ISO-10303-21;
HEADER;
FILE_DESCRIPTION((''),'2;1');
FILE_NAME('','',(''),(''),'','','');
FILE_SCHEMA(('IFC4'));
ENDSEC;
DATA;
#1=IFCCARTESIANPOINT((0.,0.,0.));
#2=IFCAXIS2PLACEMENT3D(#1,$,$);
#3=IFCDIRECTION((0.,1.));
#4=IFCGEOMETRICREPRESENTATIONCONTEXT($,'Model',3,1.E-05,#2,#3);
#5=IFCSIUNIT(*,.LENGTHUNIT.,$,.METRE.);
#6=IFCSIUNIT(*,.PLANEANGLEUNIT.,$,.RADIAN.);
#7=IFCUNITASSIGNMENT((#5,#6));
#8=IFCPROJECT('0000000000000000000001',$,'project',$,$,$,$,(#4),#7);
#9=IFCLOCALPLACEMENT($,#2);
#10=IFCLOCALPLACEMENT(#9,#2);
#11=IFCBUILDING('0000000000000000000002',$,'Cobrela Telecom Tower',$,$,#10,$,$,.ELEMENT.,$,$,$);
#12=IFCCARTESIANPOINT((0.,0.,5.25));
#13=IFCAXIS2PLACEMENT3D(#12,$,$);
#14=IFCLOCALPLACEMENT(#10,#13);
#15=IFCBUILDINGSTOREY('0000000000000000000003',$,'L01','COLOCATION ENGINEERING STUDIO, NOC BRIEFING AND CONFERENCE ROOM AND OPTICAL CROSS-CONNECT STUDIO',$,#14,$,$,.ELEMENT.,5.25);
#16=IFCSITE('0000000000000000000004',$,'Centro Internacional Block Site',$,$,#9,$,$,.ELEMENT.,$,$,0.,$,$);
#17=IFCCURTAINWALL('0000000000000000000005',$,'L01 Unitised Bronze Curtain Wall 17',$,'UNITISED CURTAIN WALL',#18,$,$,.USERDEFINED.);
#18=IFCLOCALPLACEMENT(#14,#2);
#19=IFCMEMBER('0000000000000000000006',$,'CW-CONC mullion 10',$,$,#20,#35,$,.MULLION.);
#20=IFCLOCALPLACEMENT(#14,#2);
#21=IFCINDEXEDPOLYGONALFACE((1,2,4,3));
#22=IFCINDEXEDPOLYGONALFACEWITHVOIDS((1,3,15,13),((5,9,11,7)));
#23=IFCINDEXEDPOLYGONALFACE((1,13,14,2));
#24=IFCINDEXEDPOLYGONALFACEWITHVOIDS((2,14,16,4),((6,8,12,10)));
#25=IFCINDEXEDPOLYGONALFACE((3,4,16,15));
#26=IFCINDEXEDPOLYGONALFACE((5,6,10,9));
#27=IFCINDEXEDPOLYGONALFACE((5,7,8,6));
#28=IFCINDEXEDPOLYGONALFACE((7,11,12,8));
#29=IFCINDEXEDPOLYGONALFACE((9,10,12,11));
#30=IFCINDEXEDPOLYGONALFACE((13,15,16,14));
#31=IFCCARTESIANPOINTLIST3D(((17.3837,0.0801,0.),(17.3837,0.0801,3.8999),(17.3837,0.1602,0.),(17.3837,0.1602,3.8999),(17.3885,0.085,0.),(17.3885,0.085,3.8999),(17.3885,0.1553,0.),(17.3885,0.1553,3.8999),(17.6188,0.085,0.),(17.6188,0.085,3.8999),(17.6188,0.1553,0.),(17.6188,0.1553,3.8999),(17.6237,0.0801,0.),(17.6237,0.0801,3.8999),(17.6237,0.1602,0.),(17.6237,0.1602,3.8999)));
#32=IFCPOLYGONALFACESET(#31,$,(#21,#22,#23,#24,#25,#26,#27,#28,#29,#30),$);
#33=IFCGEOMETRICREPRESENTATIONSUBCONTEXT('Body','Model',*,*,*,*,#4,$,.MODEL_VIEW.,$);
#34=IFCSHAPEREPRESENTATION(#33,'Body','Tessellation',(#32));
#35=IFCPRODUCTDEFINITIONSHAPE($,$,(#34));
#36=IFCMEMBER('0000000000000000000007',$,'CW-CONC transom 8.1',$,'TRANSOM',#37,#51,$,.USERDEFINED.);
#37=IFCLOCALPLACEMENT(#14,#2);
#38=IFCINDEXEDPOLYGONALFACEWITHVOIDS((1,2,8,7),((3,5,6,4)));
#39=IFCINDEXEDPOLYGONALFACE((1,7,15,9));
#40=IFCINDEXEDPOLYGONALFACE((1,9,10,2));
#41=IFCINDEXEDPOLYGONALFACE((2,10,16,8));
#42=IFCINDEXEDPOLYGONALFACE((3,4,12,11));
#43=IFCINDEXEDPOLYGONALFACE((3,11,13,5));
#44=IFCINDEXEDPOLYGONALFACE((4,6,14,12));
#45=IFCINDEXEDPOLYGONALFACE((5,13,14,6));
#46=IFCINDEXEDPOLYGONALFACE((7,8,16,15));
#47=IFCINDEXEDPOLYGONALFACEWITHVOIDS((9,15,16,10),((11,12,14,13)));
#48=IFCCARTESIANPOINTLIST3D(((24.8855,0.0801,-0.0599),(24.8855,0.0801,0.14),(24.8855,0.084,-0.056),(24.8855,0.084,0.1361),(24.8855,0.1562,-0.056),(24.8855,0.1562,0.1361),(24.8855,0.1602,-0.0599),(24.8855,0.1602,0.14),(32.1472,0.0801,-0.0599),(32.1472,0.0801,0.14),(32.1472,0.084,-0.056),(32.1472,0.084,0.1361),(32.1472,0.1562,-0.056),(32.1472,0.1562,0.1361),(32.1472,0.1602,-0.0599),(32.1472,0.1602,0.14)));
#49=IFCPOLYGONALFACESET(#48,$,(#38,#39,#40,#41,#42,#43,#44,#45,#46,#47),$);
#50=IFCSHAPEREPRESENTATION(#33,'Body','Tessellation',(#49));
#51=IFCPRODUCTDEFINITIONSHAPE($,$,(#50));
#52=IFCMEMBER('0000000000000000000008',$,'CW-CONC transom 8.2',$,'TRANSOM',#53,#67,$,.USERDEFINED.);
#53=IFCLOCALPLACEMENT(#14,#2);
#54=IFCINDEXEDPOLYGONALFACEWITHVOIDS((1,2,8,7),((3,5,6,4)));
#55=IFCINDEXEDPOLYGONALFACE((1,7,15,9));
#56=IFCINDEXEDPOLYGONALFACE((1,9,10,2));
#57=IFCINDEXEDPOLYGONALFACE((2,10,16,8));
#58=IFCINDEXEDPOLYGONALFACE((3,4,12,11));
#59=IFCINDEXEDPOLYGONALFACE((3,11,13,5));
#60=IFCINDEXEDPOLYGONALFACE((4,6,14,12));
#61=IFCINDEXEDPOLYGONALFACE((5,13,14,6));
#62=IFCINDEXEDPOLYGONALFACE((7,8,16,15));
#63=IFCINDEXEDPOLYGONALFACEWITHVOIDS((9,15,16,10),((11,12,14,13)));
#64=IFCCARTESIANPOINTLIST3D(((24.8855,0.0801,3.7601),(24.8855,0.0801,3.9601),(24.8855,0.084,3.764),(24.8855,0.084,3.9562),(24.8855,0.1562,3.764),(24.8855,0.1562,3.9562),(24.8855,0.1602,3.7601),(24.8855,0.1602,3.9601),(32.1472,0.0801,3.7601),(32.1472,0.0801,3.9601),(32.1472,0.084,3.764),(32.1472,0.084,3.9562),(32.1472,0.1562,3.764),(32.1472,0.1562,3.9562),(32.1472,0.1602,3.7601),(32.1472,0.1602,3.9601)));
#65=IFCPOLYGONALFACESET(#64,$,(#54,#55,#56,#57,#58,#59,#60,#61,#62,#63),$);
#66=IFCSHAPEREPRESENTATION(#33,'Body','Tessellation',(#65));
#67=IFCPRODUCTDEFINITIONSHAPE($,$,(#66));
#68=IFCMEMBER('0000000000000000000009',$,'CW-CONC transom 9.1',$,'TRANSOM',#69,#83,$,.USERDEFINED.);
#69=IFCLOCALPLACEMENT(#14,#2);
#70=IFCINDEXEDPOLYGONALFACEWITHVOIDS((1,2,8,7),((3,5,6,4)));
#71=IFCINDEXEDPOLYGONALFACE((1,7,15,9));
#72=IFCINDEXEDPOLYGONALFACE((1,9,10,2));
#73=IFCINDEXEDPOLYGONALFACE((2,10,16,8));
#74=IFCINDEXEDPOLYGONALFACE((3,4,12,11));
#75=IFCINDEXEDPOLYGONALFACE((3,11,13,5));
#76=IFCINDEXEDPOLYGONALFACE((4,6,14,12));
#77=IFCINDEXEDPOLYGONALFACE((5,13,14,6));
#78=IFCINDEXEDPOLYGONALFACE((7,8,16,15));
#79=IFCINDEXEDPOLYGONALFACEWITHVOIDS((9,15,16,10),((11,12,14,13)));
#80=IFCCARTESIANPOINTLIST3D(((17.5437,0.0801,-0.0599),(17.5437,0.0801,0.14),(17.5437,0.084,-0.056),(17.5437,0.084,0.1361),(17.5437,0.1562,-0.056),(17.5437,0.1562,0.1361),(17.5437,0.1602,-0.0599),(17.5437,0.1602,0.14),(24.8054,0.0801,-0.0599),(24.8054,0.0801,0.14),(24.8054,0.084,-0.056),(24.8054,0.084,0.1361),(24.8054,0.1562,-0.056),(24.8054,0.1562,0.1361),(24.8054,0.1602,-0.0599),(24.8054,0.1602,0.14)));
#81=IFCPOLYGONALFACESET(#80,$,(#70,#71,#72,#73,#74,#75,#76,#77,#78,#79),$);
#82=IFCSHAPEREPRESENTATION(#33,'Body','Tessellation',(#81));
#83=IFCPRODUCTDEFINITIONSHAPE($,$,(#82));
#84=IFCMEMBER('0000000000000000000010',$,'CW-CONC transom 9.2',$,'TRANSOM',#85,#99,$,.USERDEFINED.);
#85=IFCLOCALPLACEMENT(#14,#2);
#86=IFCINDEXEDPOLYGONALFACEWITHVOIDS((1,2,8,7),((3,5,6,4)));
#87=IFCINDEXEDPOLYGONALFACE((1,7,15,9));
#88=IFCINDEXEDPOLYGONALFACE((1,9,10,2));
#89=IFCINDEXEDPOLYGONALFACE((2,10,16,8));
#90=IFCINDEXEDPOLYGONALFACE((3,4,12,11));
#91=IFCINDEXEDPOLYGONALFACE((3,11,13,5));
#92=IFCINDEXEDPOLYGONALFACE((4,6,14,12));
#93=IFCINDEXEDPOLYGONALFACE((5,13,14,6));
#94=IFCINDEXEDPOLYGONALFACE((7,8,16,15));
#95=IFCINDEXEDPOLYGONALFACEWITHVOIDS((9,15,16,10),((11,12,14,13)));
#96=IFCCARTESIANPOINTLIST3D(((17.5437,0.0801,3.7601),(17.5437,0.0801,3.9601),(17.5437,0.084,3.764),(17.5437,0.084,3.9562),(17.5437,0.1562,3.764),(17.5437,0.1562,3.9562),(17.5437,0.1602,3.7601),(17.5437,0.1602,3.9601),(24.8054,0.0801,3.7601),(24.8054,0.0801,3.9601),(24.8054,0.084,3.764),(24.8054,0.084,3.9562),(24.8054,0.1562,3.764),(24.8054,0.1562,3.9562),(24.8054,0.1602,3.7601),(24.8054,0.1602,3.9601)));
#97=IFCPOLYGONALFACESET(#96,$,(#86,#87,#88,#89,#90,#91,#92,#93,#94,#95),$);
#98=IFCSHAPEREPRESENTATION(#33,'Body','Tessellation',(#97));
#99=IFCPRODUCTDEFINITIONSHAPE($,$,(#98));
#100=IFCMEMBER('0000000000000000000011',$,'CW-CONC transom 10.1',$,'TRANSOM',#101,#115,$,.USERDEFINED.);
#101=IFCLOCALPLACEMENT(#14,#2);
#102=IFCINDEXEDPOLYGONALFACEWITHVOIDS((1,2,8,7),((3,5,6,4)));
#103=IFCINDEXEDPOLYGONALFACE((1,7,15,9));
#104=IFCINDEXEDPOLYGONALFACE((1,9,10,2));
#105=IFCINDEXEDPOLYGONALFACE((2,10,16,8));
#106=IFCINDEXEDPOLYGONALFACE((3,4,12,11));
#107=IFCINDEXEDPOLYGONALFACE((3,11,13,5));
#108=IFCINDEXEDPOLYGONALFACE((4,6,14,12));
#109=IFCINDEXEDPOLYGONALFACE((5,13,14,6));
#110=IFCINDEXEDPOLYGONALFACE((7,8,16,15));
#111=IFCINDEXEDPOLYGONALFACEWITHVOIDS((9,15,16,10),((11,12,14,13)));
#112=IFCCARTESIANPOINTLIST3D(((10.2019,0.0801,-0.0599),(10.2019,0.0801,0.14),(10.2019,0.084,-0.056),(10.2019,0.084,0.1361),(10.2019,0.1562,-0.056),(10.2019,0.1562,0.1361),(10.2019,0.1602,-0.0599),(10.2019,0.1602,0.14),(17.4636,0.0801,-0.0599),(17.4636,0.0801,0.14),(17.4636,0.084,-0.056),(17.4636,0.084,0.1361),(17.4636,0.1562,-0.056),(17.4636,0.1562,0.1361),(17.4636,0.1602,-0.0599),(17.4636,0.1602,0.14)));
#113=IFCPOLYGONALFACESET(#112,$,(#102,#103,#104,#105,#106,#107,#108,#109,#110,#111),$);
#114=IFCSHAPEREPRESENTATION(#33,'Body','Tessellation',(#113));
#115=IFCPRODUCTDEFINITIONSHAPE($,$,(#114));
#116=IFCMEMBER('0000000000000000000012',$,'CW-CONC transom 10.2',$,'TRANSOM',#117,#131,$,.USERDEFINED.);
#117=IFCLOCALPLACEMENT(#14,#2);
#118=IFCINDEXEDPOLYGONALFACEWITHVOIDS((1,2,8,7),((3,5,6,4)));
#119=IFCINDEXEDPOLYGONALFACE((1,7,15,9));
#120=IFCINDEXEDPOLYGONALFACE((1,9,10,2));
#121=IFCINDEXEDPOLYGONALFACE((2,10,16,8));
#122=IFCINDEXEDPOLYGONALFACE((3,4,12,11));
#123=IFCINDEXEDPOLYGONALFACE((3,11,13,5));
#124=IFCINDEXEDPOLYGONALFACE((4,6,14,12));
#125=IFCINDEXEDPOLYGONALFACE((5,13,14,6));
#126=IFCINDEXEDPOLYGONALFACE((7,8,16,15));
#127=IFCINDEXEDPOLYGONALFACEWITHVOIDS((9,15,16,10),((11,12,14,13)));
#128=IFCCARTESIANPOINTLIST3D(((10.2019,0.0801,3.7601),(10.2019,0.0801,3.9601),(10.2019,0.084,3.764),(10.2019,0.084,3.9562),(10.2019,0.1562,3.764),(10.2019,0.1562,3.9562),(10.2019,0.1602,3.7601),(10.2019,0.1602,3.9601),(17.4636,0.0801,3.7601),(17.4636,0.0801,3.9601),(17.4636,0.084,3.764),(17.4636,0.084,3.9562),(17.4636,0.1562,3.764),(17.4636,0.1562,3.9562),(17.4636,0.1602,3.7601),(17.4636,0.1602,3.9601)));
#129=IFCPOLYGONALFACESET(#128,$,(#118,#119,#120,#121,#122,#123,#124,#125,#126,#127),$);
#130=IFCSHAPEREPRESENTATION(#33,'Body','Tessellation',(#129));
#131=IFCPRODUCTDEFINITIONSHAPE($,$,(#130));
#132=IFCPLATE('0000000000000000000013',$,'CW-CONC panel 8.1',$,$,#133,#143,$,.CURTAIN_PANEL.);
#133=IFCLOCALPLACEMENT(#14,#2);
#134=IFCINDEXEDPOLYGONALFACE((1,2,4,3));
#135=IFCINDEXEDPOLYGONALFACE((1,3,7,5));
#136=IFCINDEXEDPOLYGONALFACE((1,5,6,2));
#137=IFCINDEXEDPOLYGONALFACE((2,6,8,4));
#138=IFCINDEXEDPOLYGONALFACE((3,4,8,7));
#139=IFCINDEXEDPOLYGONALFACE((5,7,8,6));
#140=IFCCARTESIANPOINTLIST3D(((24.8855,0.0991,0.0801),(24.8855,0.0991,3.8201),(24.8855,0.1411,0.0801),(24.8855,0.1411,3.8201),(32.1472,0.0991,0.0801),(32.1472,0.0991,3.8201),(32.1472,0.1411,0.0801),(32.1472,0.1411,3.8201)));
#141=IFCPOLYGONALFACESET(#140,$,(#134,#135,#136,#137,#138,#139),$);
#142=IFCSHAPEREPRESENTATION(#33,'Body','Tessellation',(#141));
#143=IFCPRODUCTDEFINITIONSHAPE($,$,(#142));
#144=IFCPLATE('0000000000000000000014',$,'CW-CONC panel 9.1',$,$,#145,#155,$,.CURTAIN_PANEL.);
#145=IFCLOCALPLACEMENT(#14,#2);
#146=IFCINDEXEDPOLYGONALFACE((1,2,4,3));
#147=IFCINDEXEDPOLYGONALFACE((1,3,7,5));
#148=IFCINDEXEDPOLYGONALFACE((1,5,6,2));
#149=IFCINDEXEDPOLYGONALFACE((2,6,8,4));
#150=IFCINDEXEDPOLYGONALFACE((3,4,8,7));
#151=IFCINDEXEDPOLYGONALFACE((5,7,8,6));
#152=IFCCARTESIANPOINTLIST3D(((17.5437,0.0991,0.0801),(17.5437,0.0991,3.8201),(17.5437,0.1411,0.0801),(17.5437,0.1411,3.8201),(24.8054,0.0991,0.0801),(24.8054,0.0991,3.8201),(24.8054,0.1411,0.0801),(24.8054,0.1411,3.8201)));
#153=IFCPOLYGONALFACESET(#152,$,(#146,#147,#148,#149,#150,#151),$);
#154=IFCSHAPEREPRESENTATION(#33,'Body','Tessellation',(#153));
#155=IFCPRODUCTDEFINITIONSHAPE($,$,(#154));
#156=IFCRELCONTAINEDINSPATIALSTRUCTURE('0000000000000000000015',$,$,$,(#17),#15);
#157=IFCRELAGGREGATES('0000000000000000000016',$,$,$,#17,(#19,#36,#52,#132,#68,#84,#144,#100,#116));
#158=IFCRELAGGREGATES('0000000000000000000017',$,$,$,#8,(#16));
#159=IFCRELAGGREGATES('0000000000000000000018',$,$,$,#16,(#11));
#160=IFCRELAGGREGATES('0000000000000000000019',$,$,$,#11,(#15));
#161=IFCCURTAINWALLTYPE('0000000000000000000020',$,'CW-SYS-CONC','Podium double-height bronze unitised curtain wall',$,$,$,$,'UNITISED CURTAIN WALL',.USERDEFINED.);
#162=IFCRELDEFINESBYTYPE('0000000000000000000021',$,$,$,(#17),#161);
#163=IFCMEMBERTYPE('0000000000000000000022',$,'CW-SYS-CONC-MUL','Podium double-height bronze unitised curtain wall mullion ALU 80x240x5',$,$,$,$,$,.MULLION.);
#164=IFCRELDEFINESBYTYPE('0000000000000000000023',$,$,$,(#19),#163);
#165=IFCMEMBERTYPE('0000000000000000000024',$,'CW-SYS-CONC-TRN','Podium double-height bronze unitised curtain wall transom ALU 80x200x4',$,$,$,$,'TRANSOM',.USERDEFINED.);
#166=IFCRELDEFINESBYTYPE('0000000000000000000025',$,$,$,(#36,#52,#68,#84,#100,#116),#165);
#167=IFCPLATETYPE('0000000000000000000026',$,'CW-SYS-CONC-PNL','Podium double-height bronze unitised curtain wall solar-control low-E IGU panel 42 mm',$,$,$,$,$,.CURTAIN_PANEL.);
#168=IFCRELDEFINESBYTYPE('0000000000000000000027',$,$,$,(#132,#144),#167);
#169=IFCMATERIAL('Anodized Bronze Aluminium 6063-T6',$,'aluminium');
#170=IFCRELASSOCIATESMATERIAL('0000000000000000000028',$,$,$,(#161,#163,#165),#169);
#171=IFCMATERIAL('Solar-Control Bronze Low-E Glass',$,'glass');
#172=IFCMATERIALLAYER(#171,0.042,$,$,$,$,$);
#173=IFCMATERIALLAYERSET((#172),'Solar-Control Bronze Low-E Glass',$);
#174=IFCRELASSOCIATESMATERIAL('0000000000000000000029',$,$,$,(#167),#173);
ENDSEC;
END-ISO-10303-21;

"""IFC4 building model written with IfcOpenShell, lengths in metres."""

from ifc_helpers import new_model, si_unit, direction, frame, origin, origin_2d, place, context, subcontext, project, spatial, rectangle, hollow_rectangle, extrude, material, layer, layer_set, material_profile, profile_set, type_object, element, aggregate, save


model = new_model("IFC4")

# Units and contexts
model_context = context("Model", 3, precision=1e-05, world=origin(), true_north=direction((0.0, 1.0)))
body_context = subcontext(model_context, "Body", "Model", "MODEL_VIEW")
ifc_project = project(units=[si_unit("LENGTHUNIT", "METRE"), si_unit("PLANEANGLEUNIT", "RADIAN")], contexts=[model_context])

# Site, building, storey
site_placement = place(None, origin())
site = spatial("IfcSite", under=ifc_project, at=site_placement, Name="Centro Internacional Block Site", CompositionType="ELEMENT", RefElevation=0.0)
building_placement = place(site_placement, origin())
building = spatial("IfcBuilding", under=site, at=building_placement, Name="Cobrela Telecom Tower", CompositionType="ELEMENT")
storey_placement = place(building_placement, frame((0.0, 0.0, 5.25)))
storey = spatial("IfcBuildingStorey", under=building, at=storey_placement, Name="L01", Description="COLOCATION ENGINEERING STUDIO, NOC BRIEFING AND CONFERENCE ROOM AND OPTICAL CROSS-CONNECT STUDIO", CompositionType="ELEMENT", Elevation=5.25)

# Curtain wall, members, plates
ifc_material_1 = material(Name="Anodized Bronze Aluminium 6063-T6", Category="aluminium")
curtain_wall_type = type_object("IfcCurtainWallType", Name="CW-SYS-CONC", Description="Podium double-height bronze unitised curtain wall", ElementType="UNITISED CURTAIN WALL", PredefinedType="USERDEFINED", material=ifc_material_1)
curtain_wall_placement = place(storey_placement, origin())
curtain_wall = element("IfcCurtainWall", 1, at=curtain_wall_placement, inside=storey, type_object=curtain_wall_type, Name="L01 Unitised Bronze Curtain Wall 17", ObjectType="UNITISED CURTAIN WALL", PredefinedType="USERDEFINED")
ifc_material_profile_1 = material_profile(ifc_material_1, hollow_rectangle(XDim=0.0801, YDim=0.24, WallThickness=0.0049, at=origin_2d()), Name="ALU 80x240x5")
ifc_profile_set_1 = profile_set([ifc_material_profile_1], Name="Anodized Bronze Aluminium 6063-T6")
member_type_1 = type_object("IfcMemberType", Name="CW-SYS-CONC-MUL", Description="Podium double-height bronze unitised curtain wall mullion ALU 80x240x5", PredefinedType="MULLION", material=ifc_profile_set_1)
member_1_placement = place(storey_placement, frame((17.5037, 0.1201, 0.0), z_axis=(0.0, 0.0, 1.0), x_axis=(0.0, -1.0, 0.0)))
member_1 = element("IfcMember", 2, at=member_1_placement, type_object=member_type_1, Name="CW-CONC mullion 10", PredefinedType="MULLION", context=body_context, shape_type="SweptSolid", body=[
    extrude(hollow_rectangle(XDim=0.0801, YDim=0.24, WallThickness=0.0049, at=origin_2d()), origin(), (0.0, 0.0, 1.0), 3.8999),
])
ifc_material_profile_2 = material_profile(ifc_material_1, hollow_rectangle(XDim=0.0801, YDim=0.2, WallThickness=0.0039, at=origin_2d()), Name="ALU 80x200x4")
ifc_profile_set_2 = profile_set([ifc_material_profile_2], Name="Anodized Bronze Aluminium 6063-T6")
member_type_2 = type_object("IfcMemberType", Name="CW-SYS-CONC-TRN", Description="Podium double-height bronze unitised curtain wall transom ALU 80x200x4", ElementType="TRANSOM", PredefinedType="USERDEFINED", material=ifc_profile_set_2)
member_2_placement = place(storey_placement, frame((32.1472, 0.1201, 0.04), z_axis=(-1.0, 0.0, 0.0), x_axis=(0.0, -1.0, 0.0)))
member_2 = element("IfcMember", 3, at=member_2_placement, type_object=member_type_2, Name="CW-CONC transom 8.1", ObjectType="TRANSOM", PredefinedType="USERDEFINED", context=body_context, shape_type="SweptSolid", body=[
    extrude(hollow_rectangle(XDim=0.0801, YDim=0.2, WallThickness=0.0039, at=origin_2d()), origin(), (0.0, 0.0, 1.0), 7.2617),
])
member_3_placement = place(storey_placement, frame((32.1472, 0.1201, 3.8601), z_axis=(-1.0, 0.0, 0.0), x_axis=(0.0, -1.0, 0.0)))
member_3 = element("IfcMember", 4, at=member_3_placement, type_object=member_type_2, Name="CW-CONC transom 8.2", ObjectType="TRANSOM", PredefinedType="USERDEFINED", context=body_context, shape_type="SweptSolid", body=[
    extrude(hollow_rectangle(XDim=0.0801, YDim=0.2, WallThickness=0.0039, at=origin_2d()), origin(), (0.0, 0.0, 1.0), 7.2617),
])
member_4_placement = place(storey_placement, frame((24.8054, 0.1201, 0.04), z_axis=(-1.0, 0.0, 0.0), x_axis=(0.0, -1.0, 0.0)))
member_4 = element("IfcMember", 5, at=member_4_placement, type_object=member_type_2, Name="CW-CONC transom 9.1", ObjectType="TRANSOM", PredefinedType="USERDEFINED", context=body_context, shape_type="SweptSolid", body=[
    extrude(hollow_rectangle(XDim=0.0801, YDim=0.2, WallThickness=0.0039, at=origin_2d()), origin(), (0.0, 0.0, 1.0), 7.2617),
])
member_5_placement = place(storey_placement, frame((24.8054, 0.1201, 3.8601), z_axis=(-1.0, 0.0, 0.0), x_axis=(0.0, -1.0, 0.0)))
member_5 = element("IfcMember", 6, at=member_5_placement, type_object=member_type_2, Name="CW-CONC transom 9.2", ObjectType="TRANSOM", PredefinedType="USERDEFINED", context=body_context, shape_type="SweptSolid", body=[
    extrude(hollow_rectangle(XDim=0.0801, YDim=0.2, WallThickness=0.0039, at=origin_2d()), origin(), (0.0, 0.0, 1.0), 7.2617),
])
member_6_placement = place(storey_placement, frame((17.4636, 0.1201, 0.04), z_axis=(-1.0, 0.0, 0.0), x_axis=(0.0, -1.0, 0.0)))
member_6 = element("IfcMember", 7, at=member_6_placement, type_object=member_type_2, Name="CW-CONC transom 10.1", ObjectType="TRANSOM", PredefinedType="USERDEFINED", context=body_context, shape_type="SweptSolid", body=[
    extrude(hollow_rectangle(XDim=0.0801, YDim=0.2, WallThickness=0.0039, at=origin_2d()), origin(), (0.0, 0.0, 1.0), 7.2617),
])
member_7_placement = place(storey_placement, frame((17.4636, 0.1201, 3.8601), z_axis=(-1.0, 0.0, 0.0), x_axis=(0.0, -1.0, 0.0)))
member_7 = element("IfcMember", 8, at=member_7_placement, type_object=member_type_2, Name="CW-CONC transom 10.2", ObjectType="TRANSOM", PredefinedType="USERDEFINED", context=body_context, shape_type="SweptSolid", body=[
    extrude(hollow_rectangle(XDim=0.0801, YDim=0.2, WallThickness=0.0039, at=origin_2d()), origin(), (0.0, 0.0, 1.0), 7.2617),
])
ifc_material_2 = material(Name="Solar-Control Bronze Low-E Glass", Category="glass")
ifc_layer = layer(ifc_material_2, 0.042)
ifc_layer_set = layer_set([ifc_layer], Name="Solar-Control Bronze Low-E Glass")
plate_type = type_object("IfcPlateType", Name="CW-SYS-CONC-PNL", Description="Podium double-height bronze unitised curtain wall solar-control low-E IGU panel 42 mm", PredefinedType="CURTAIN_PANEL", material=ifc_layer_set)
plate_1_placement = place(storey_placement, frame((28.5164, 0.1201, 0.0801), z_axis=(0.0, 0.0, 1.0), x_axis=(-1.0, 0.0, 0.0)))
plate_1 = element("IfcPlate", 9, at=plate_1_placement, type_object=plate_type, Name="CW-CONC panel 8.1", PredefinedType="CURTAIN_PANEL", context=body_context, shape_type="SweptSolid", body=[
    extrude(rectangle(XDim=7.2617, YDim=0.042, at=origin_2d()), origin(), (0.0, 0.0, 1.0), 3.74),
])
plate_2_placement = place(storey_placement, frame((21.1746, 0.1201, 0.0801), z_axis=(0.0, 0.0, 1.0), x_axis=(-1.0, 0.0, 0.0)))
plate_2 = element("IfcPlate", 10, at=plate_2_placement, type_object=plate_type, Name="CW-CONC panel 9.1", PredefinedType="CURTAIN_PANEL", context=body_context, shape_type="SweptSolid", body=[
    extrude(rectangle(XDim=7.2617, YDim=0.042, at=origin_2d()), origin(), (0.0, 0.0, 1.0), 3.74),
])
aggregate(curtain_wall, [member_1, member_2, member_3, plate_1, member_4, member_5, plate_2, member_6, member_7])

save(model, "model.ifc")
